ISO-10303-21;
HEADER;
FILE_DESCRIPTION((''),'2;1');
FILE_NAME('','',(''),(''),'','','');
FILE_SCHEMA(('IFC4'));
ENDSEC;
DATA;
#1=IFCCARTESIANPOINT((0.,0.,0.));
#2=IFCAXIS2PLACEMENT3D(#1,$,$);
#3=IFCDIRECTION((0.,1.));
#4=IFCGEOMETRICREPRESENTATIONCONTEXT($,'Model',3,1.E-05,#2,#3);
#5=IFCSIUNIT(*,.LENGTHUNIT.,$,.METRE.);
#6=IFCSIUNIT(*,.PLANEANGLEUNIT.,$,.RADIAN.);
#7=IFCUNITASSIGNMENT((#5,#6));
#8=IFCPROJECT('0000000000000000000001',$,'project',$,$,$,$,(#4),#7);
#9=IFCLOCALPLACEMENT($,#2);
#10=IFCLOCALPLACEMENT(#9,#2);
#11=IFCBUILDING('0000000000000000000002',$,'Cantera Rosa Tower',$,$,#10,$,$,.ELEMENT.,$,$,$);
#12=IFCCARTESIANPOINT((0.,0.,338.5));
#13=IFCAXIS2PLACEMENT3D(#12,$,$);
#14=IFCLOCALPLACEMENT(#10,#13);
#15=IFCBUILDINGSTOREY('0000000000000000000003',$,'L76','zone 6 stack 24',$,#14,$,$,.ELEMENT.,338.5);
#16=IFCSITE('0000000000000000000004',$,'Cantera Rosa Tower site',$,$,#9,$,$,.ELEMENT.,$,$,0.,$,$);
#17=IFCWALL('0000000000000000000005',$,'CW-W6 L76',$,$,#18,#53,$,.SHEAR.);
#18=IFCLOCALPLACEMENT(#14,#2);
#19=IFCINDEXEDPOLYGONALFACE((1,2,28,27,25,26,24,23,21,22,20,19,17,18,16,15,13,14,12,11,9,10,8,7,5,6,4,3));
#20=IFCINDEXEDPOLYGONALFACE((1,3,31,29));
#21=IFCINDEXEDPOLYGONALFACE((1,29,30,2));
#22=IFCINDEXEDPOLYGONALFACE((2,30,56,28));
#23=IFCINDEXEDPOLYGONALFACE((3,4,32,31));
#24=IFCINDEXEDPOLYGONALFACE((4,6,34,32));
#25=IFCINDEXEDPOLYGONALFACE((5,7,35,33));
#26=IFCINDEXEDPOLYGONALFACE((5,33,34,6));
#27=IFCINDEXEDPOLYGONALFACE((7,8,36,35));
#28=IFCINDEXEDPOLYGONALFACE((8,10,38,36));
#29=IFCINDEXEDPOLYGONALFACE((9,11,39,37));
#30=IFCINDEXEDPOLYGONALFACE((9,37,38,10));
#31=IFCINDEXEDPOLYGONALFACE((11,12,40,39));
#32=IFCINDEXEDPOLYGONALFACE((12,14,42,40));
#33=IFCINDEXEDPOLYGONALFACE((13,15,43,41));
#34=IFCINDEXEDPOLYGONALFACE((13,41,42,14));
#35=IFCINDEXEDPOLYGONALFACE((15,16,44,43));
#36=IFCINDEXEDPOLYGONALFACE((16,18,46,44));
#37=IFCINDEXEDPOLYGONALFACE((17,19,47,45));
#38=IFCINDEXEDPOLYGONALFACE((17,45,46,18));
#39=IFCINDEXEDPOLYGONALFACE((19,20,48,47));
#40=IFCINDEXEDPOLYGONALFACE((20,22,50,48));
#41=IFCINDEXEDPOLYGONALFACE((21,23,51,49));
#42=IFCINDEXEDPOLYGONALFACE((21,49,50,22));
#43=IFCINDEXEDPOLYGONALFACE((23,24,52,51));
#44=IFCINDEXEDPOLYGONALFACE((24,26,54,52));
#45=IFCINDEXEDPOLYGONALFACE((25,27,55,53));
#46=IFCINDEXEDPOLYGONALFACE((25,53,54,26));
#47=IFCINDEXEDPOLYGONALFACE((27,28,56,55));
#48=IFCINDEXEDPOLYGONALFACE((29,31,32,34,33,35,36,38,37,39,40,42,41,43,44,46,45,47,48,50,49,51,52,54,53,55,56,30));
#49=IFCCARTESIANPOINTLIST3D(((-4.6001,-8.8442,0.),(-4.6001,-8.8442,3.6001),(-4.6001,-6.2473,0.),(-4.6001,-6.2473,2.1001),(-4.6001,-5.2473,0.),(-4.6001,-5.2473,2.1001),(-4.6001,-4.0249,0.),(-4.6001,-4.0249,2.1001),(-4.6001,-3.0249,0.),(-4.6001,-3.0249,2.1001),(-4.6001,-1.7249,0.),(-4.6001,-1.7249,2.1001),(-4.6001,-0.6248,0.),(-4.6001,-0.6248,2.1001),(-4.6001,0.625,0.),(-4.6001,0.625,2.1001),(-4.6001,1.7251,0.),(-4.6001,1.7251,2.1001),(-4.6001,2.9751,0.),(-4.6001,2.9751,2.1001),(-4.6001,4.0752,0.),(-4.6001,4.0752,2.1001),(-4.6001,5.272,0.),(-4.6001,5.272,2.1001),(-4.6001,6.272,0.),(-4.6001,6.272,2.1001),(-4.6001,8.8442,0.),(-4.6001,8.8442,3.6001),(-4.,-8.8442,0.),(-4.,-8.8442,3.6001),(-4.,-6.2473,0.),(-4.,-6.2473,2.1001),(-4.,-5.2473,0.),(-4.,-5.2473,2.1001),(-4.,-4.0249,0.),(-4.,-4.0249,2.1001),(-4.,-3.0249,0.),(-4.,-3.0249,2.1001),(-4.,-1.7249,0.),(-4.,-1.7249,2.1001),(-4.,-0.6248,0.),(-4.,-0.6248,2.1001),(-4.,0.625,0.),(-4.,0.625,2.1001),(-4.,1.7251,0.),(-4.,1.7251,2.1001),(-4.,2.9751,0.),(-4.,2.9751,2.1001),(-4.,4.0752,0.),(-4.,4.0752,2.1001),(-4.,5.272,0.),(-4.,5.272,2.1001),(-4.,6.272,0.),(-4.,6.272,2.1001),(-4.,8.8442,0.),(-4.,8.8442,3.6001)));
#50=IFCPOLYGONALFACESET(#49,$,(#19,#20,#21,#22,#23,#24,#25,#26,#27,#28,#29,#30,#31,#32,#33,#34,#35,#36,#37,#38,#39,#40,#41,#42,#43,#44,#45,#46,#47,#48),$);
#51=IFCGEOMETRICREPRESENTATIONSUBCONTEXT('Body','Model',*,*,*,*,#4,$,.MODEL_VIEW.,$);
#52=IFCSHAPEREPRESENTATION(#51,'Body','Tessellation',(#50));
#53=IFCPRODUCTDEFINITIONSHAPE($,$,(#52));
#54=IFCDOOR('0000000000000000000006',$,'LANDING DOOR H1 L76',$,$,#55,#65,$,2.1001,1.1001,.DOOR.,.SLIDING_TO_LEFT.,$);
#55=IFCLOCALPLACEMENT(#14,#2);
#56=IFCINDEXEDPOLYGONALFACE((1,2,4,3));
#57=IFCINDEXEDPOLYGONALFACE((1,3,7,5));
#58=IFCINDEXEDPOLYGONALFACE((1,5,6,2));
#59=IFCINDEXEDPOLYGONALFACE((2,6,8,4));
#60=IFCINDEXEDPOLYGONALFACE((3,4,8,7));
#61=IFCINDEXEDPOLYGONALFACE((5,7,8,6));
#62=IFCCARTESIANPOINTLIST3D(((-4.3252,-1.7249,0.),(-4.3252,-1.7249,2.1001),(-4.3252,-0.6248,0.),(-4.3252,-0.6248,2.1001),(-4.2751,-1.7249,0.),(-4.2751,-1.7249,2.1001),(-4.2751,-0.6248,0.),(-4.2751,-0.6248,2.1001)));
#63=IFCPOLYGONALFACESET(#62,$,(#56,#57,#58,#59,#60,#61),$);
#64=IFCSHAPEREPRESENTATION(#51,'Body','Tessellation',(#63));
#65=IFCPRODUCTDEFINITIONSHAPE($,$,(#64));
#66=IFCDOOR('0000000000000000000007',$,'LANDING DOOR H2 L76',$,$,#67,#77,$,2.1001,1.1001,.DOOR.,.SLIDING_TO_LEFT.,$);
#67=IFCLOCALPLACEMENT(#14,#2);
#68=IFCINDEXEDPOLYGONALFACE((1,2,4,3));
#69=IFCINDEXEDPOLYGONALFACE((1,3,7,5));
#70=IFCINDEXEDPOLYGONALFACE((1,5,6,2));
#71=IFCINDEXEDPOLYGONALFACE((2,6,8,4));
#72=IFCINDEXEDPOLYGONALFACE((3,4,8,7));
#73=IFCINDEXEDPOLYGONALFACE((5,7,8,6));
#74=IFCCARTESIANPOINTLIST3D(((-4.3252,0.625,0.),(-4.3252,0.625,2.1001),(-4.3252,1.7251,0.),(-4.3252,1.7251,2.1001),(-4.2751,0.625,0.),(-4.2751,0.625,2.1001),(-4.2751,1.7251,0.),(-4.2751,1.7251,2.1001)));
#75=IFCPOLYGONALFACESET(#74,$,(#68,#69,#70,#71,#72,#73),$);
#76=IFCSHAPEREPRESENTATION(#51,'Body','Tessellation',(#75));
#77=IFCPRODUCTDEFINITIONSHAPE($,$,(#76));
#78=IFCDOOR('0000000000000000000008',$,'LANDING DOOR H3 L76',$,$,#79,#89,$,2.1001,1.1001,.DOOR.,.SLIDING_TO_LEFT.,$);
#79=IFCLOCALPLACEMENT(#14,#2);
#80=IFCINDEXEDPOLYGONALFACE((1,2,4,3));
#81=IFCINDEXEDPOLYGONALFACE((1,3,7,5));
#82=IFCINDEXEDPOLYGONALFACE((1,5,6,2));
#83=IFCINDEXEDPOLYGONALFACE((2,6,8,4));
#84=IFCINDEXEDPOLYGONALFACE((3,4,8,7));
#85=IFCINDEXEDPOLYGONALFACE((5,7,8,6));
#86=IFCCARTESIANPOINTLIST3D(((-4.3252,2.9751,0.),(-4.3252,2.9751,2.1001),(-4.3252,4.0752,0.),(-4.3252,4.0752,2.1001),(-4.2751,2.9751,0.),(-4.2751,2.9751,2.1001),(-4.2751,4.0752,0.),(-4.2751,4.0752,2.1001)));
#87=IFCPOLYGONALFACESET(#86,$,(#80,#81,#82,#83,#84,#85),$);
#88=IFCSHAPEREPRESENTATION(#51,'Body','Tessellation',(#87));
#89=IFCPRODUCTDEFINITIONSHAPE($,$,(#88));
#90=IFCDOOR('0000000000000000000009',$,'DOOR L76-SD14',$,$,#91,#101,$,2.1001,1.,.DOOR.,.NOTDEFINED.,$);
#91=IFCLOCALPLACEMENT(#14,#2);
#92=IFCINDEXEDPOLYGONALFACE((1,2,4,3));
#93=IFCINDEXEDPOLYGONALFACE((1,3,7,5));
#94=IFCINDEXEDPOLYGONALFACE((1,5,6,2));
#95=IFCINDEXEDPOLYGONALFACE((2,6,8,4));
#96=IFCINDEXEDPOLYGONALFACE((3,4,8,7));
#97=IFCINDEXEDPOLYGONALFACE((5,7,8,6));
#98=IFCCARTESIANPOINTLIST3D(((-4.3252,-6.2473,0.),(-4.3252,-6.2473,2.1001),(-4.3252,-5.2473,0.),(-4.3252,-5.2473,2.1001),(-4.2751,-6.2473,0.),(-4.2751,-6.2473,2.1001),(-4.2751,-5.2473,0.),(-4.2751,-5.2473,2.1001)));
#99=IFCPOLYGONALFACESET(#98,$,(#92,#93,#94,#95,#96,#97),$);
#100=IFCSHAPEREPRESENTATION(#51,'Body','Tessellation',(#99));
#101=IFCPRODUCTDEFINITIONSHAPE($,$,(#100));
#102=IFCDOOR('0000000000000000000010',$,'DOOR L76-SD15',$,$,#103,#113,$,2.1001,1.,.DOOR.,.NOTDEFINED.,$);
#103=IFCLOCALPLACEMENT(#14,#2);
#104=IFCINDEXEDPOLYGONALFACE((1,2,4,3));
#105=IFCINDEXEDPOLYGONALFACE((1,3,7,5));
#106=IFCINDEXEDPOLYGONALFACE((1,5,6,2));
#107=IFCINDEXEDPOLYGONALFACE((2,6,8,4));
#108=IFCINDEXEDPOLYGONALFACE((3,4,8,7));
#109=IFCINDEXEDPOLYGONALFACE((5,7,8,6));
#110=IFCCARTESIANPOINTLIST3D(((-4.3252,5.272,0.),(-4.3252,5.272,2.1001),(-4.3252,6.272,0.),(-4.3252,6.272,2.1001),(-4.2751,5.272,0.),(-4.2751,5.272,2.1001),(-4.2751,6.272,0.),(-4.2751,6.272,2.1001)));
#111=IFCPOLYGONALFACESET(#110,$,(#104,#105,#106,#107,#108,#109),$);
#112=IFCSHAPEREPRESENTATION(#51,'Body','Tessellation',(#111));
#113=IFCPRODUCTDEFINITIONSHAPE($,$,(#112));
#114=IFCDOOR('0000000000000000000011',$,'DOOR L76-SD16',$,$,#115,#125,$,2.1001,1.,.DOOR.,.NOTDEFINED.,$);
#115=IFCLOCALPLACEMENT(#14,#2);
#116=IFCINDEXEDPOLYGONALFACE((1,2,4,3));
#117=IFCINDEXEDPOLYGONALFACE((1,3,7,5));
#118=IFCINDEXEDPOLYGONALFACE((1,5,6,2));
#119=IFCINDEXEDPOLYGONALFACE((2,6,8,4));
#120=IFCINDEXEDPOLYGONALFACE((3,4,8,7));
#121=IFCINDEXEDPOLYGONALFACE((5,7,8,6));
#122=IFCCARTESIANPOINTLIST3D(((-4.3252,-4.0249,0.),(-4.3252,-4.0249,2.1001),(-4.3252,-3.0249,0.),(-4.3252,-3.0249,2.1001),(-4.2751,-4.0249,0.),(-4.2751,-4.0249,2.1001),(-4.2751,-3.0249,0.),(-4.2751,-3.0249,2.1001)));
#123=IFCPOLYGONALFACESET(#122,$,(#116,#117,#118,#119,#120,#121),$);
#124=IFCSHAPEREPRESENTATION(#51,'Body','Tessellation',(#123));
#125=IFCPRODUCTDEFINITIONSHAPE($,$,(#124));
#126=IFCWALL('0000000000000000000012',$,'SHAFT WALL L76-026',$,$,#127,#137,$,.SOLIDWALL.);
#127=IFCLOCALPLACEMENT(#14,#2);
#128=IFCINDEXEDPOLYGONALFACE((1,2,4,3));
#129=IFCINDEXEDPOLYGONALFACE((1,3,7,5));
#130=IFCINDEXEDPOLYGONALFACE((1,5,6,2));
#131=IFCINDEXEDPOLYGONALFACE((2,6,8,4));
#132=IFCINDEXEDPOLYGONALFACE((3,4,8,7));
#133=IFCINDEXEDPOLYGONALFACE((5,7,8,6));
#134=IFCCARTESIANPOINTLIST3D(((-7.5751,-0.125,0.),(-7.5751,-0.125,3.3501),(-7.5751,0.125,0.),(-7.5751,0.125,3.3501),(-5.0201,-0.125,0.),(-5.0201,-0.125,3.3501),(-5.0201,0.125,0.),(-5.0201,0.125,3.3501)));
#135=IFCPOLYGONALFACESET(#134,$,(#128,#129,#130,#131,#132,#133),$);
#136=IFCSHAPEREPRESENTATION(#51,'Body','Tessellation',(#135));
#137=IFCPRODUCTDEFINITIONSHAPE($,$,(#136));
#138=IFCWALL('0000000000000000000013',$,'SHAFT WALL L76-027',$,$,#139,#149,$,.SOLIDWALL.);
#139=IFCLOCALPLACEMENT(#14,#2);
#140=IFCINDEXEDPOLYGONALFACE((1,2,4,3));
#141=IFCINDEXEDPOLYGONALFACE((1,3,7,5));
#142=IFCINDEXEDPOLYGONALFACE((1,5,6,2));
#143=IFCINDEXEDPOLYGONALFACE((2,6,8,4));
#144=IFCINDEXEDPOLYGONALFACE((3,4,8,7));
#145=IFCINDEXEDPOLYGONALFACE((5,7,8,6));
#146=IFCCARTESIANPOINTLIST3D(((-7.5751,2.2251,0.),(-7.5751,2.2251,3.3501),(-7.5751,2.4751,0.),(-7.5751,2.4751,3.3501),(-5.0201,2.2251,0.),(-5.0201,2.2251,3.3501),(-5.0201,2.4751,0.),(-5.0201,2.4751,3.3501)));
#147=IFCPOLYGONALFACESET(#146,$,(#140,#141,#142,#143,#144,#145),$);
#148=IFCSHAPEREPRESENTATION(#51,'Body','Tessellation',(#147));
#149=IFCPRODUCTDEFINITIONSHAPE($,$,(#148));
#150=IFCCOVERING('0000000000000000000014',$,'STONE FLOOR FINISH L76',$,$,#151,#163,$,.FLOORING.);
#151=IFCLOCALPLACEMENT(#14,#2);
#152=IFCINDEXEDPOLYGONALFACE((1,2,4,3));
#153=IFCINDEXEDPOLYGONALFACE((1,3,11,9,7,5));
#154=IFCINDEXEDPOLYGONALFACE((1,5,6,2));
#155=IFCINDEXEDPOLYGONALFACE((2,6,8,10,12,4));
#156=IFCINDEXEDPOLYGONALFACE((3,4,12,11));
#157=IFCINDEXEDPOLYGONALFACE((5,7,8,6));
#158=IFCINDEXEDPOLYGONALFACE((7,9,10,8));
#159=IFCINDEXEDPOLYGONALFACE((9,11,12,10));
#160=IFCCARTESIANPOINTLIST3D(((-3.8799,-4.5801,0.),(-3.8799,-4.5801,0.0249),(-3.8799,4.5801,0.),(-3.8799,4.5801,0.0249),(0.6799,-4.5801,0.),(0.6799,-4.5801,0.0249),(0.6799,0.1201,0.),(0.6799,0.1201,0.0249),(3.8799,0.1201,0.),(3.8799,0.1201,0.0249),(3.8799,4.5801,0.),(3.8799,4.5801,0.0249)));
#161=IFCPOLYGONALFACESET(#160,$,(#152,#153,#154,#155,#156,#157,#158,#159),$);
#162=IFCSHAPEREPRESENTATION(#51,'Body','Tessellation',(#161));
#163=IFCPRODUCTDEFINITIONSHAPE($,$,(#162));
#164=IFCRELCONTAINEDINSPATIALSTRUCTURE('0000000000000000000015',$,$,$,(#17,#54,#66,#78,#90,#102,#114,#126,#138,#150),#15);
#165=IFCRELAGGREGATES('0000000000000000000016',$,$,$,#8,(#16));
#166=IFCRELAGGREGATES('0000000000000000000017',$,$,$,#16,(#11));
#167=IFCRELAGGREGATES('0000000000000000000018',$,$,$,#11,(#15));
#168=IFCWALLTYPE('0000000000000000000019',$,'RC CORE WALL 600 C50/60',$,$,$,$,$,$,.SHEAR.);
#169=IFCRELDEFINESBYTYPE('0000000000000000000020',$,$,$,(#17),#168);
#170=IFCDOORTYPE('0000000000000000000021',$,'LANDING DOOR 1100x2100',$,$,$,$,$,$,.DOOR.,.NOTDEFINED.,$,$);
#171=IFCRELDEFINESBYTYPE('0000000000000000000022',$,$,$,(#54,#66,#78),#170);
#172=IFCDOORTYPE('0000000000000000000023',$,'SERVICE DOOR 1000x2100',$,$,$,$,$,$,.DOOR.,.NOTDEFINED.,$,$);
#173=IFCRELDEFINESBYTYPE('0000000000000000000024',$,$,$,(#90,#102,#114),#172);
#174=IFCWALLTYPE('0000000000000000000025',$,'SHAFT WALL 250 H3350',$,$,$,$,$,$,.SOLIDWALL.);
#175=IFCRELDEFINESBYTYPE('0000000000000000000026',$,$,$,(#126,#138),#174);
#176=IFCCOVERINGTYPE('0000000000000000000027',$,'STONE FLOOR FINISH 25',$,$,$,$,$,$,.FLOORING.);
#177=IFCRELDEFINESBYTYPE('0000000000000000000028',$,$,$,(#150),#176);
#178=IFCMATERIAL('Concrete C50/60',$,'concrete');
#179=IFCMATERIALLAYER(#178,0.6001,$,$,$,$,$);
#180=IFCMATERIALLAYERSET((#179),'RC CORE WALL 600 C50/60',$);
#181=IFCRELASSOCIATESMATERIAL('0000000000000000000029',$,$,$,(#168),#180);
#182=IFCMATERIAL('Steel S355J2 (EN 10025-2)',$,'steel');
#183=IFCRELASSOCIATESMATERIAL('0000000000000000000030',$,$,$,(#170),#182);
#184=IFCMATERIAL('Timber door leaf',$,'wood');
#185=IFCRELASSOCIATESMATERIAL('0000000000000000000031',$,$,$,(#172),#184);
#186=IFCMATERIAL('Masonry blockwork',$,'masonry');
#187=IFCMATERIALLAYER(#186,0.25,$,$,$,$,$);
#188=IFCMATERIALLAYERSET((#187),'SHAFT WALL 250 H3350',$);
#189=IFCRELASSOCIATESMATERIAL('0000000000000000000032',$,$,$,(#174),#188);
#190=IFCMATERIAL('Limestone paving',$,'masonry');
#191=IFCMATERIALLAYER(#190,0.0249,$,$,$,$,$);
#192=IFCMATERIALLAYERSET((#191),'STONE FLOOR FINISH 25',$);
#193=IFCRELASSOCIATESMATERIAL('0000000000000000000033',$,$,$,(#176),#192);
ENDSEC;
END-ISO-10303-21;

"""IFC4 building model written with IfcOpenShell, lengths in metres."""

from ifc_helpers import new_model, si_unit, direction, frame, frame_2d, origin, place, context, subcontext, project, spatial, polyline, rectangle, outline, extrude, material, layer, layer_set, type_object, element, fill, save


model = new_model("IFC4")

# Units and contexts
model_context = context("Model", 3, precision=1e-05, world=origin(), true_north=direction((0.0, 1.0)))
body_context = subcontext(model_context, "Body", "Model", "MODEL_VIEW")
ifc_project = project(units=[si_unit("LENGTHUNIT", "METRE"), si_unit("PLANEANGLEUNIT", "RADIAN")], contexts=[model_context])

# Site, building, storey
site_placement = place(None, origin())
site = spatial("IfcSite", under=ifc_project, at=site_placement, Name="Cantera Rosa Tower site", CompositionType="ELEMENT", RefElevation=0.0)
building_placement = place(site_placement, origin())
building = spatial("IfcBuilding", under=site, at=building_placement, Name="Cantera Rosa Tower", CompositionType="ELEMENT")
storey_placement = place(building_placement, frame((0.0, 0.0, 338.5)))
storey = spatial("IfcBuildingStorey", under=building, at=storey_placement, Name="L76", Description="zone 6 stack 24", CompositionType="ELEMENT", Elevation=338.5)

# Shared definitions
ifc_material_1 = material(Name="Concrete C50/60", Category="concrete")
ifc_layer_1 = layer(ifc_material_1, 0.6001)
ifc_layer_set_1 = layer_set([ifc_layer_1], Name="RC CORE WALL 600 C50/60")
wall_type_1 = type_object("IfcWallType", Name="RC CORE WALL 600 C50/60", PredefinedType="SHEAR", material=ifc_layer_set_1)

# Wall, openings, doors
wall_1_placement = place(storey_placement, frame((-4.3, 8.8442, 0.0), z_axis=(0.0, 0.0, 1.0), x_axis=(0.0, -1.0, 0.0)))
wall_1 = element("IfcWall", 1, at=wall_1_placement, inside=storey, type_object=wall_type_1, Name="CW-W6 L76", PredefinedType="SHEAR", context=body_context, shape_type="SweptSolid", body=[
    extrude(rectangle(XDim=17.6885, YDim=0.6001, at=frame_2d((8.8442, 0.0))), origin(), (0.0, 0.0, 1.0), 3.6001),
])
opening_1_placement = place(wall_1_placement, frame((9.469, 0.0, 0.0)))
opening_1 = element("IfcOpeningElement", 2, at=opening_1_placement, cuts=wall_1, PredefinedType="OPENING", context=body_context, shape_type="SweptSolid", body=[
    extrude(rectangle(XDim=1.1001, YDim=2.1001, at=frame_2d((0.55, 1.05))), frame((0.0, 0.3101, 0.0), z_axis=(0.0, -1.0, 0.0), x_axis=(1.0, 0.0, 0.0)), (0.0, 0.0, 1.0), 0.6201),
])
opening_2_placement = place(wall_1_placement, frame((7.1191, 0.0, 0.0)))
opening_2 = element("IfcOpeningElement", 3, at=opening_2_placement, cuts=wall_1, PredefinedType="OPENING", context=body_context, shape_type="SweptSolid", body=[
    extrude(rectangle(XDim=1.1001, YDim=2.1001, at=frame_2d((0.55, 1.05))), frame((0.0, 0.3101, 0.0), z_axis=(0.0, -1.0, 0.0), x_axis=(1.0, 0.0, 0.0)), (0.0, 0.0, 1.0), 0.6201),
])
opening_3_placement = place(wall_1_placement, frame((4.769, 0.0, 0.0)))
opening_3 = element("IfcOpeningElement", 4, at=opening_3_placement, cuts=wall_1, PredefinedType="OPENING", context=body_context, shape_type="SweptSolid", body=[
    extrude(rectangle(XDim=1.1001, YDim=2.1001, at=frame_2d((0.55, 1.05))), frame((0.0, 0.3101, 0.0), z_axis=(0.0, -1.0, 0.0), x_axis=(1.0, 0.0, 0.0)), (0.0, 0.0, 1.0), 0.6201),
])
opening_4_placement = place(wall_1_placement, frame((14.0916, 0.0, 0.0)))
opening_4 = element("IfcOpeningElement", 5, at=opening_4_placement, cuts=wall_1, PredefinedType="OPENING", context=body_context, shape_type="SweptSolid", body=[
    extrude(rectangle(XDim=1.0, YDim=2.1001, at=frame_2d((0.5, 1.05))), frame((0.0, 0.3101, 0.0), z_axis=(0.0, -1.0, 0.0), x_axis=(1.0, 0.0, 0.0)), (0.0, 0.0, 1.0), 0.6201),
])
opening_5_placement = place(wall_1_placement, frame((2.5723, 0.0, 0.0)))
opening_5 = element("IfcOpeningElement", 6, at=opening_5_placement, cuts=wall_1, PredefinedType="OPENING", context=body_context, shape_type="SweptSolid", body=[
    extrude(rectangle(XDim=1.0, YDim=2.1001, at=frame_2d((0.5, 1.05))), frame((0.0, 0.3101, 0.0), z_axis=(0.0, -1.0, 0.0), x_axis=(1.0, 0.0, 0.0)), (0.0, 0.0, 1.0), 0.6201),
])
opening_6_placement = place(wall_1_placement, frame((11.8691, 0.0, 0.0)))
opening_6 = element("IfcOpeningElement", 7, at=opening_6_placement, cuts=wall_1, PredefinedType="OPENING", context=body_context, shape_type="SweptSolid", body=[
    extrude(rectangle(XDim=1.0, YDim=2.1001, at=frame_2d((0.5, 1.05))), frame((0.0, 0.3101, 0.0), z_axis=(0.0, -1.0, 0.0), x_axis=(1.0, 0.0, 0.0)), (0.0, 0.0, 1.0), 0.6201),
])
ifc_material_2 = material(Name="Steel S355J2 (EN 10025-2)", Category="steel")
door_type_1 = type_object("IfcDoorType", Name="LANDING DOOR 1100x2100", OperationType="NOTDEFINED", PredefinedType="DOOR", material=ifc_material_2)
door_1_placement = place(opening_1_placement, origin())
door_1 = element("IfcDoor", 8, at=door_1_placement, inside=storey, type_object=door_type_1, Name="LANDING DOOR H1 L76", OperationType="SLIDING_TO_LEFT", OverallHeight=2.1001, OverallWidth=1.1001, PredefinedType="DOOR", context=body_context, shape_type="SweptSolid", body=[
    extrude(rectangle(XDim=1.1001, YDim=2.1001, at=frame_2d((0.55, 1.05))), frame((0.0, 0.0249, 0.0), z_axis=(0.0, -1.0, 0.0), x_axis=(1.0, 0.0, 0.0)), (0.0, 0.0, 1.0), 0.05),
])
fill(opening_1, door_1)
door_2_placement = place(opening_2_placement, origin())
door_2 = element("IfcDoor", 9, at=door_2_placement, inside=storey, type_object=door_type_1, Name="LANDING DOOR H2 L76", OperationType="SLIDING_TO_LEFT", OverallHeight=2.1001, OverallWidth=1.1001, PredefinedType="DOOR", context=body_context, shape_type="SweptSolid", body=[
    extrude(rectangle(XDim=1.1001, YDim=2.1001, at=frame_2d((0.55, 1.05))), frame((0.0, 0.0249, 0.0), z_axis=(0.0, -1.0, 0.0), x_axis=(1.0, 0.0, 0.0)), (0.0, 0.0, 1.0), 0.05),
])
fill(opening_2, door_2)
door_3_placement = place(opening_3_placement, origin())
door_3 = element("IfcDoor", 10, at=door_3_placement, inside=storey, type_object=door_type_1, Name="LANDING DOOR H3 L76", OperationType="SLIDING_TO_LEFT", OverallHeight=2.1001, OverallWidth=1.1001, PredefinedType="DOOR", context=body_context, shape_type="SweptSolid", body=[
    extrude(rectangle(XDim=1.1001, YDim=2.1001, at=frame_2d((0.55, 1.05))), frame((0.0, 0.0249, 0.0), z_axis=(0.0, -1.0, 0.0), x_axis=(1.0, 0.0, 0.0)), (0.0, 0.0, 1.0), 0.05),
])
fill(opening_3, door_3)
ifc_material_3 = material(Name="Timber door leaf", Category="wood")
door_type_2 = type_object("IfcDoorType", Name="SERVICE DOOR 1000x2100", OperationType="NOTDEFINED", PredefinedType="DOOR", material=ifc_material_3)
door_4_placement = place(opening_4_placement, origin())
door_4 = element("IfcDoor", 11, at=door_4_placement, inside=storey, type_object=door_type_2, Name="DOOR L76-SD14", OperationType="NOTDEFINED", OverallHeight=2.1001, OverallWidth=1.0, PredefinedType="DOOR", context=body_context, shape_type="SweptSolid", body=[
    extrude(rectangle(XDim=1.0, YDim=2.1001, at=frame_2d((0.5, 1.05))), frame((0.0, 0.0249, 0.0), z_axis=(0.0, -1.0, 0.0), x_axis=(1.0, 0.0, 0.0)), (0.0, 0.0, 1.0), 0.05),
])
fill(opening_4, door_4)
door_5_placement = place(opening_5_placement, origin())
door_5 = element("IfcDoor", 12, at=door_5_placement, inside=storey, type_object=door_type_2, Name="DOOR L76-SD15", OperationType="NOTDEFINED", OverallHeight=2.1001, OverallWidth=1.0, PredefinedType="DOOR", context=body_context, shape_type="SweptSolid", body=[
    extrude(rectangle(XDim=1.0, YDim=2.1001, at=frame_2d((0.5, 1.05))), frame((0.0, 0.0249, 0.0), z_axis=(0.0, -1.0, 0.0), x_axis=(1.0, 0.0, 0.0)), (0.0, 0.0, 1.0), 0.05),
])
fill(opening_5, door_5)
door_6_placement = place(opening_6_placement, origin())
door_6 = element("IfcDoor", 13, at=door_6_placement, inside=storey, type_object=door_type_2, Name="DOOR L76-SD16", OperationType="NOTDEFINED", OverallHeight=2.1001, OverallWidth=1.0, PredefinedType="DOOR", context=body_context, shape_type="SweptSolid", body=[
    extrude(rectangle(XDim=1.0, YDim=2.1001, at=frame_2d((0.5, 1.05))), frame((0.0, 0.0249, 0.0), z_axis=(0.0, -1.0, 0.0), x_axis=(1.0, 0.0, 0.0)), (0.0, 0.0, 1.0), 0.05),
])
fill(opening_6, door_6)

# Walls
ifc_material_4 = material(Name="Masonry blockwork", Category="masonry")
ifc_layer_2 = layer(ifc_material_4, 0.25)
ifc_layer_set_2 = layer_set([ifc_layer_2], Name="SHAFT WALL 250 H3350")
wall_type_2 = type_object("IfcWallType", Name="SHAFT WALL 250 H3350", PredefinedType="SOLIDWALL", material=ifc_layer_set_2)
for number, where, z_axis, x_axis, name in (
    (14, (-7.575, 0.0, 0.0), (0.0, 0.0, 1.0), (1.0, 0.0, 0.0), "SHAFT WALL L76-026"),
    (15, (-7.575, 2.3501, 0.0), (0.0, 0.0, 1.0), (1.0, 0.0, 0.0), "SHAFT WALL L76-027"),
):
    element("IfcWall", number, at=place(storey_placement, frame(where, z_axis=z_axis, x_axis=x_axis)), inside=storey, type_object=wall_type_2, Name=name, PredefinedType="SOLIDWALL", context=body_context, shape_type="SweptSolid", body=[
        extrude(rectangle(XDim=2.5549, YDim=0.25, at=frame_2d((1.2773, 0.0))), origin(), (0.0, 0.0, 1.0), 3.3501),
    ])

# Covering
ifc_material_5 = material(Name="Limestone paving", Category="masonry")
ifc_layer_3 = layer(ifc_material_5, 0.0249)
ifc_layer_set_3 = layer_set([ifc_layer_3], Name="STONE FLOOR FINISH 25")
covering_type_1 = type_object("IfcCoveringType", Name="STONE FLOOR FINISH 25", PredefinedType="FLOORING", material=ifc_layer_set_3)
covering_1_placement = place(storey_placement, origin())
element("IfcCovering", 16, at=covering_1_placement, inside=storey, type_object=covering_type_1, Name="STONE FLOOR FINISH L76", PredefinedType="FLOORING", context=body_context, shape_type="SweptSolid", body=[
    extrude(outline(polyline([(3.8799, 4.5801), (3.8799, 0.1201), (0.6799, 0.1201), (0.6799, -4.5801), (-3.8799, -4.5801), (-3.8799, 4.5801), (3.8799, 4.5801)])), origin(), (0.0, 0.0, 1.0), 0.0249),
])

save(model, "model.ifc")
